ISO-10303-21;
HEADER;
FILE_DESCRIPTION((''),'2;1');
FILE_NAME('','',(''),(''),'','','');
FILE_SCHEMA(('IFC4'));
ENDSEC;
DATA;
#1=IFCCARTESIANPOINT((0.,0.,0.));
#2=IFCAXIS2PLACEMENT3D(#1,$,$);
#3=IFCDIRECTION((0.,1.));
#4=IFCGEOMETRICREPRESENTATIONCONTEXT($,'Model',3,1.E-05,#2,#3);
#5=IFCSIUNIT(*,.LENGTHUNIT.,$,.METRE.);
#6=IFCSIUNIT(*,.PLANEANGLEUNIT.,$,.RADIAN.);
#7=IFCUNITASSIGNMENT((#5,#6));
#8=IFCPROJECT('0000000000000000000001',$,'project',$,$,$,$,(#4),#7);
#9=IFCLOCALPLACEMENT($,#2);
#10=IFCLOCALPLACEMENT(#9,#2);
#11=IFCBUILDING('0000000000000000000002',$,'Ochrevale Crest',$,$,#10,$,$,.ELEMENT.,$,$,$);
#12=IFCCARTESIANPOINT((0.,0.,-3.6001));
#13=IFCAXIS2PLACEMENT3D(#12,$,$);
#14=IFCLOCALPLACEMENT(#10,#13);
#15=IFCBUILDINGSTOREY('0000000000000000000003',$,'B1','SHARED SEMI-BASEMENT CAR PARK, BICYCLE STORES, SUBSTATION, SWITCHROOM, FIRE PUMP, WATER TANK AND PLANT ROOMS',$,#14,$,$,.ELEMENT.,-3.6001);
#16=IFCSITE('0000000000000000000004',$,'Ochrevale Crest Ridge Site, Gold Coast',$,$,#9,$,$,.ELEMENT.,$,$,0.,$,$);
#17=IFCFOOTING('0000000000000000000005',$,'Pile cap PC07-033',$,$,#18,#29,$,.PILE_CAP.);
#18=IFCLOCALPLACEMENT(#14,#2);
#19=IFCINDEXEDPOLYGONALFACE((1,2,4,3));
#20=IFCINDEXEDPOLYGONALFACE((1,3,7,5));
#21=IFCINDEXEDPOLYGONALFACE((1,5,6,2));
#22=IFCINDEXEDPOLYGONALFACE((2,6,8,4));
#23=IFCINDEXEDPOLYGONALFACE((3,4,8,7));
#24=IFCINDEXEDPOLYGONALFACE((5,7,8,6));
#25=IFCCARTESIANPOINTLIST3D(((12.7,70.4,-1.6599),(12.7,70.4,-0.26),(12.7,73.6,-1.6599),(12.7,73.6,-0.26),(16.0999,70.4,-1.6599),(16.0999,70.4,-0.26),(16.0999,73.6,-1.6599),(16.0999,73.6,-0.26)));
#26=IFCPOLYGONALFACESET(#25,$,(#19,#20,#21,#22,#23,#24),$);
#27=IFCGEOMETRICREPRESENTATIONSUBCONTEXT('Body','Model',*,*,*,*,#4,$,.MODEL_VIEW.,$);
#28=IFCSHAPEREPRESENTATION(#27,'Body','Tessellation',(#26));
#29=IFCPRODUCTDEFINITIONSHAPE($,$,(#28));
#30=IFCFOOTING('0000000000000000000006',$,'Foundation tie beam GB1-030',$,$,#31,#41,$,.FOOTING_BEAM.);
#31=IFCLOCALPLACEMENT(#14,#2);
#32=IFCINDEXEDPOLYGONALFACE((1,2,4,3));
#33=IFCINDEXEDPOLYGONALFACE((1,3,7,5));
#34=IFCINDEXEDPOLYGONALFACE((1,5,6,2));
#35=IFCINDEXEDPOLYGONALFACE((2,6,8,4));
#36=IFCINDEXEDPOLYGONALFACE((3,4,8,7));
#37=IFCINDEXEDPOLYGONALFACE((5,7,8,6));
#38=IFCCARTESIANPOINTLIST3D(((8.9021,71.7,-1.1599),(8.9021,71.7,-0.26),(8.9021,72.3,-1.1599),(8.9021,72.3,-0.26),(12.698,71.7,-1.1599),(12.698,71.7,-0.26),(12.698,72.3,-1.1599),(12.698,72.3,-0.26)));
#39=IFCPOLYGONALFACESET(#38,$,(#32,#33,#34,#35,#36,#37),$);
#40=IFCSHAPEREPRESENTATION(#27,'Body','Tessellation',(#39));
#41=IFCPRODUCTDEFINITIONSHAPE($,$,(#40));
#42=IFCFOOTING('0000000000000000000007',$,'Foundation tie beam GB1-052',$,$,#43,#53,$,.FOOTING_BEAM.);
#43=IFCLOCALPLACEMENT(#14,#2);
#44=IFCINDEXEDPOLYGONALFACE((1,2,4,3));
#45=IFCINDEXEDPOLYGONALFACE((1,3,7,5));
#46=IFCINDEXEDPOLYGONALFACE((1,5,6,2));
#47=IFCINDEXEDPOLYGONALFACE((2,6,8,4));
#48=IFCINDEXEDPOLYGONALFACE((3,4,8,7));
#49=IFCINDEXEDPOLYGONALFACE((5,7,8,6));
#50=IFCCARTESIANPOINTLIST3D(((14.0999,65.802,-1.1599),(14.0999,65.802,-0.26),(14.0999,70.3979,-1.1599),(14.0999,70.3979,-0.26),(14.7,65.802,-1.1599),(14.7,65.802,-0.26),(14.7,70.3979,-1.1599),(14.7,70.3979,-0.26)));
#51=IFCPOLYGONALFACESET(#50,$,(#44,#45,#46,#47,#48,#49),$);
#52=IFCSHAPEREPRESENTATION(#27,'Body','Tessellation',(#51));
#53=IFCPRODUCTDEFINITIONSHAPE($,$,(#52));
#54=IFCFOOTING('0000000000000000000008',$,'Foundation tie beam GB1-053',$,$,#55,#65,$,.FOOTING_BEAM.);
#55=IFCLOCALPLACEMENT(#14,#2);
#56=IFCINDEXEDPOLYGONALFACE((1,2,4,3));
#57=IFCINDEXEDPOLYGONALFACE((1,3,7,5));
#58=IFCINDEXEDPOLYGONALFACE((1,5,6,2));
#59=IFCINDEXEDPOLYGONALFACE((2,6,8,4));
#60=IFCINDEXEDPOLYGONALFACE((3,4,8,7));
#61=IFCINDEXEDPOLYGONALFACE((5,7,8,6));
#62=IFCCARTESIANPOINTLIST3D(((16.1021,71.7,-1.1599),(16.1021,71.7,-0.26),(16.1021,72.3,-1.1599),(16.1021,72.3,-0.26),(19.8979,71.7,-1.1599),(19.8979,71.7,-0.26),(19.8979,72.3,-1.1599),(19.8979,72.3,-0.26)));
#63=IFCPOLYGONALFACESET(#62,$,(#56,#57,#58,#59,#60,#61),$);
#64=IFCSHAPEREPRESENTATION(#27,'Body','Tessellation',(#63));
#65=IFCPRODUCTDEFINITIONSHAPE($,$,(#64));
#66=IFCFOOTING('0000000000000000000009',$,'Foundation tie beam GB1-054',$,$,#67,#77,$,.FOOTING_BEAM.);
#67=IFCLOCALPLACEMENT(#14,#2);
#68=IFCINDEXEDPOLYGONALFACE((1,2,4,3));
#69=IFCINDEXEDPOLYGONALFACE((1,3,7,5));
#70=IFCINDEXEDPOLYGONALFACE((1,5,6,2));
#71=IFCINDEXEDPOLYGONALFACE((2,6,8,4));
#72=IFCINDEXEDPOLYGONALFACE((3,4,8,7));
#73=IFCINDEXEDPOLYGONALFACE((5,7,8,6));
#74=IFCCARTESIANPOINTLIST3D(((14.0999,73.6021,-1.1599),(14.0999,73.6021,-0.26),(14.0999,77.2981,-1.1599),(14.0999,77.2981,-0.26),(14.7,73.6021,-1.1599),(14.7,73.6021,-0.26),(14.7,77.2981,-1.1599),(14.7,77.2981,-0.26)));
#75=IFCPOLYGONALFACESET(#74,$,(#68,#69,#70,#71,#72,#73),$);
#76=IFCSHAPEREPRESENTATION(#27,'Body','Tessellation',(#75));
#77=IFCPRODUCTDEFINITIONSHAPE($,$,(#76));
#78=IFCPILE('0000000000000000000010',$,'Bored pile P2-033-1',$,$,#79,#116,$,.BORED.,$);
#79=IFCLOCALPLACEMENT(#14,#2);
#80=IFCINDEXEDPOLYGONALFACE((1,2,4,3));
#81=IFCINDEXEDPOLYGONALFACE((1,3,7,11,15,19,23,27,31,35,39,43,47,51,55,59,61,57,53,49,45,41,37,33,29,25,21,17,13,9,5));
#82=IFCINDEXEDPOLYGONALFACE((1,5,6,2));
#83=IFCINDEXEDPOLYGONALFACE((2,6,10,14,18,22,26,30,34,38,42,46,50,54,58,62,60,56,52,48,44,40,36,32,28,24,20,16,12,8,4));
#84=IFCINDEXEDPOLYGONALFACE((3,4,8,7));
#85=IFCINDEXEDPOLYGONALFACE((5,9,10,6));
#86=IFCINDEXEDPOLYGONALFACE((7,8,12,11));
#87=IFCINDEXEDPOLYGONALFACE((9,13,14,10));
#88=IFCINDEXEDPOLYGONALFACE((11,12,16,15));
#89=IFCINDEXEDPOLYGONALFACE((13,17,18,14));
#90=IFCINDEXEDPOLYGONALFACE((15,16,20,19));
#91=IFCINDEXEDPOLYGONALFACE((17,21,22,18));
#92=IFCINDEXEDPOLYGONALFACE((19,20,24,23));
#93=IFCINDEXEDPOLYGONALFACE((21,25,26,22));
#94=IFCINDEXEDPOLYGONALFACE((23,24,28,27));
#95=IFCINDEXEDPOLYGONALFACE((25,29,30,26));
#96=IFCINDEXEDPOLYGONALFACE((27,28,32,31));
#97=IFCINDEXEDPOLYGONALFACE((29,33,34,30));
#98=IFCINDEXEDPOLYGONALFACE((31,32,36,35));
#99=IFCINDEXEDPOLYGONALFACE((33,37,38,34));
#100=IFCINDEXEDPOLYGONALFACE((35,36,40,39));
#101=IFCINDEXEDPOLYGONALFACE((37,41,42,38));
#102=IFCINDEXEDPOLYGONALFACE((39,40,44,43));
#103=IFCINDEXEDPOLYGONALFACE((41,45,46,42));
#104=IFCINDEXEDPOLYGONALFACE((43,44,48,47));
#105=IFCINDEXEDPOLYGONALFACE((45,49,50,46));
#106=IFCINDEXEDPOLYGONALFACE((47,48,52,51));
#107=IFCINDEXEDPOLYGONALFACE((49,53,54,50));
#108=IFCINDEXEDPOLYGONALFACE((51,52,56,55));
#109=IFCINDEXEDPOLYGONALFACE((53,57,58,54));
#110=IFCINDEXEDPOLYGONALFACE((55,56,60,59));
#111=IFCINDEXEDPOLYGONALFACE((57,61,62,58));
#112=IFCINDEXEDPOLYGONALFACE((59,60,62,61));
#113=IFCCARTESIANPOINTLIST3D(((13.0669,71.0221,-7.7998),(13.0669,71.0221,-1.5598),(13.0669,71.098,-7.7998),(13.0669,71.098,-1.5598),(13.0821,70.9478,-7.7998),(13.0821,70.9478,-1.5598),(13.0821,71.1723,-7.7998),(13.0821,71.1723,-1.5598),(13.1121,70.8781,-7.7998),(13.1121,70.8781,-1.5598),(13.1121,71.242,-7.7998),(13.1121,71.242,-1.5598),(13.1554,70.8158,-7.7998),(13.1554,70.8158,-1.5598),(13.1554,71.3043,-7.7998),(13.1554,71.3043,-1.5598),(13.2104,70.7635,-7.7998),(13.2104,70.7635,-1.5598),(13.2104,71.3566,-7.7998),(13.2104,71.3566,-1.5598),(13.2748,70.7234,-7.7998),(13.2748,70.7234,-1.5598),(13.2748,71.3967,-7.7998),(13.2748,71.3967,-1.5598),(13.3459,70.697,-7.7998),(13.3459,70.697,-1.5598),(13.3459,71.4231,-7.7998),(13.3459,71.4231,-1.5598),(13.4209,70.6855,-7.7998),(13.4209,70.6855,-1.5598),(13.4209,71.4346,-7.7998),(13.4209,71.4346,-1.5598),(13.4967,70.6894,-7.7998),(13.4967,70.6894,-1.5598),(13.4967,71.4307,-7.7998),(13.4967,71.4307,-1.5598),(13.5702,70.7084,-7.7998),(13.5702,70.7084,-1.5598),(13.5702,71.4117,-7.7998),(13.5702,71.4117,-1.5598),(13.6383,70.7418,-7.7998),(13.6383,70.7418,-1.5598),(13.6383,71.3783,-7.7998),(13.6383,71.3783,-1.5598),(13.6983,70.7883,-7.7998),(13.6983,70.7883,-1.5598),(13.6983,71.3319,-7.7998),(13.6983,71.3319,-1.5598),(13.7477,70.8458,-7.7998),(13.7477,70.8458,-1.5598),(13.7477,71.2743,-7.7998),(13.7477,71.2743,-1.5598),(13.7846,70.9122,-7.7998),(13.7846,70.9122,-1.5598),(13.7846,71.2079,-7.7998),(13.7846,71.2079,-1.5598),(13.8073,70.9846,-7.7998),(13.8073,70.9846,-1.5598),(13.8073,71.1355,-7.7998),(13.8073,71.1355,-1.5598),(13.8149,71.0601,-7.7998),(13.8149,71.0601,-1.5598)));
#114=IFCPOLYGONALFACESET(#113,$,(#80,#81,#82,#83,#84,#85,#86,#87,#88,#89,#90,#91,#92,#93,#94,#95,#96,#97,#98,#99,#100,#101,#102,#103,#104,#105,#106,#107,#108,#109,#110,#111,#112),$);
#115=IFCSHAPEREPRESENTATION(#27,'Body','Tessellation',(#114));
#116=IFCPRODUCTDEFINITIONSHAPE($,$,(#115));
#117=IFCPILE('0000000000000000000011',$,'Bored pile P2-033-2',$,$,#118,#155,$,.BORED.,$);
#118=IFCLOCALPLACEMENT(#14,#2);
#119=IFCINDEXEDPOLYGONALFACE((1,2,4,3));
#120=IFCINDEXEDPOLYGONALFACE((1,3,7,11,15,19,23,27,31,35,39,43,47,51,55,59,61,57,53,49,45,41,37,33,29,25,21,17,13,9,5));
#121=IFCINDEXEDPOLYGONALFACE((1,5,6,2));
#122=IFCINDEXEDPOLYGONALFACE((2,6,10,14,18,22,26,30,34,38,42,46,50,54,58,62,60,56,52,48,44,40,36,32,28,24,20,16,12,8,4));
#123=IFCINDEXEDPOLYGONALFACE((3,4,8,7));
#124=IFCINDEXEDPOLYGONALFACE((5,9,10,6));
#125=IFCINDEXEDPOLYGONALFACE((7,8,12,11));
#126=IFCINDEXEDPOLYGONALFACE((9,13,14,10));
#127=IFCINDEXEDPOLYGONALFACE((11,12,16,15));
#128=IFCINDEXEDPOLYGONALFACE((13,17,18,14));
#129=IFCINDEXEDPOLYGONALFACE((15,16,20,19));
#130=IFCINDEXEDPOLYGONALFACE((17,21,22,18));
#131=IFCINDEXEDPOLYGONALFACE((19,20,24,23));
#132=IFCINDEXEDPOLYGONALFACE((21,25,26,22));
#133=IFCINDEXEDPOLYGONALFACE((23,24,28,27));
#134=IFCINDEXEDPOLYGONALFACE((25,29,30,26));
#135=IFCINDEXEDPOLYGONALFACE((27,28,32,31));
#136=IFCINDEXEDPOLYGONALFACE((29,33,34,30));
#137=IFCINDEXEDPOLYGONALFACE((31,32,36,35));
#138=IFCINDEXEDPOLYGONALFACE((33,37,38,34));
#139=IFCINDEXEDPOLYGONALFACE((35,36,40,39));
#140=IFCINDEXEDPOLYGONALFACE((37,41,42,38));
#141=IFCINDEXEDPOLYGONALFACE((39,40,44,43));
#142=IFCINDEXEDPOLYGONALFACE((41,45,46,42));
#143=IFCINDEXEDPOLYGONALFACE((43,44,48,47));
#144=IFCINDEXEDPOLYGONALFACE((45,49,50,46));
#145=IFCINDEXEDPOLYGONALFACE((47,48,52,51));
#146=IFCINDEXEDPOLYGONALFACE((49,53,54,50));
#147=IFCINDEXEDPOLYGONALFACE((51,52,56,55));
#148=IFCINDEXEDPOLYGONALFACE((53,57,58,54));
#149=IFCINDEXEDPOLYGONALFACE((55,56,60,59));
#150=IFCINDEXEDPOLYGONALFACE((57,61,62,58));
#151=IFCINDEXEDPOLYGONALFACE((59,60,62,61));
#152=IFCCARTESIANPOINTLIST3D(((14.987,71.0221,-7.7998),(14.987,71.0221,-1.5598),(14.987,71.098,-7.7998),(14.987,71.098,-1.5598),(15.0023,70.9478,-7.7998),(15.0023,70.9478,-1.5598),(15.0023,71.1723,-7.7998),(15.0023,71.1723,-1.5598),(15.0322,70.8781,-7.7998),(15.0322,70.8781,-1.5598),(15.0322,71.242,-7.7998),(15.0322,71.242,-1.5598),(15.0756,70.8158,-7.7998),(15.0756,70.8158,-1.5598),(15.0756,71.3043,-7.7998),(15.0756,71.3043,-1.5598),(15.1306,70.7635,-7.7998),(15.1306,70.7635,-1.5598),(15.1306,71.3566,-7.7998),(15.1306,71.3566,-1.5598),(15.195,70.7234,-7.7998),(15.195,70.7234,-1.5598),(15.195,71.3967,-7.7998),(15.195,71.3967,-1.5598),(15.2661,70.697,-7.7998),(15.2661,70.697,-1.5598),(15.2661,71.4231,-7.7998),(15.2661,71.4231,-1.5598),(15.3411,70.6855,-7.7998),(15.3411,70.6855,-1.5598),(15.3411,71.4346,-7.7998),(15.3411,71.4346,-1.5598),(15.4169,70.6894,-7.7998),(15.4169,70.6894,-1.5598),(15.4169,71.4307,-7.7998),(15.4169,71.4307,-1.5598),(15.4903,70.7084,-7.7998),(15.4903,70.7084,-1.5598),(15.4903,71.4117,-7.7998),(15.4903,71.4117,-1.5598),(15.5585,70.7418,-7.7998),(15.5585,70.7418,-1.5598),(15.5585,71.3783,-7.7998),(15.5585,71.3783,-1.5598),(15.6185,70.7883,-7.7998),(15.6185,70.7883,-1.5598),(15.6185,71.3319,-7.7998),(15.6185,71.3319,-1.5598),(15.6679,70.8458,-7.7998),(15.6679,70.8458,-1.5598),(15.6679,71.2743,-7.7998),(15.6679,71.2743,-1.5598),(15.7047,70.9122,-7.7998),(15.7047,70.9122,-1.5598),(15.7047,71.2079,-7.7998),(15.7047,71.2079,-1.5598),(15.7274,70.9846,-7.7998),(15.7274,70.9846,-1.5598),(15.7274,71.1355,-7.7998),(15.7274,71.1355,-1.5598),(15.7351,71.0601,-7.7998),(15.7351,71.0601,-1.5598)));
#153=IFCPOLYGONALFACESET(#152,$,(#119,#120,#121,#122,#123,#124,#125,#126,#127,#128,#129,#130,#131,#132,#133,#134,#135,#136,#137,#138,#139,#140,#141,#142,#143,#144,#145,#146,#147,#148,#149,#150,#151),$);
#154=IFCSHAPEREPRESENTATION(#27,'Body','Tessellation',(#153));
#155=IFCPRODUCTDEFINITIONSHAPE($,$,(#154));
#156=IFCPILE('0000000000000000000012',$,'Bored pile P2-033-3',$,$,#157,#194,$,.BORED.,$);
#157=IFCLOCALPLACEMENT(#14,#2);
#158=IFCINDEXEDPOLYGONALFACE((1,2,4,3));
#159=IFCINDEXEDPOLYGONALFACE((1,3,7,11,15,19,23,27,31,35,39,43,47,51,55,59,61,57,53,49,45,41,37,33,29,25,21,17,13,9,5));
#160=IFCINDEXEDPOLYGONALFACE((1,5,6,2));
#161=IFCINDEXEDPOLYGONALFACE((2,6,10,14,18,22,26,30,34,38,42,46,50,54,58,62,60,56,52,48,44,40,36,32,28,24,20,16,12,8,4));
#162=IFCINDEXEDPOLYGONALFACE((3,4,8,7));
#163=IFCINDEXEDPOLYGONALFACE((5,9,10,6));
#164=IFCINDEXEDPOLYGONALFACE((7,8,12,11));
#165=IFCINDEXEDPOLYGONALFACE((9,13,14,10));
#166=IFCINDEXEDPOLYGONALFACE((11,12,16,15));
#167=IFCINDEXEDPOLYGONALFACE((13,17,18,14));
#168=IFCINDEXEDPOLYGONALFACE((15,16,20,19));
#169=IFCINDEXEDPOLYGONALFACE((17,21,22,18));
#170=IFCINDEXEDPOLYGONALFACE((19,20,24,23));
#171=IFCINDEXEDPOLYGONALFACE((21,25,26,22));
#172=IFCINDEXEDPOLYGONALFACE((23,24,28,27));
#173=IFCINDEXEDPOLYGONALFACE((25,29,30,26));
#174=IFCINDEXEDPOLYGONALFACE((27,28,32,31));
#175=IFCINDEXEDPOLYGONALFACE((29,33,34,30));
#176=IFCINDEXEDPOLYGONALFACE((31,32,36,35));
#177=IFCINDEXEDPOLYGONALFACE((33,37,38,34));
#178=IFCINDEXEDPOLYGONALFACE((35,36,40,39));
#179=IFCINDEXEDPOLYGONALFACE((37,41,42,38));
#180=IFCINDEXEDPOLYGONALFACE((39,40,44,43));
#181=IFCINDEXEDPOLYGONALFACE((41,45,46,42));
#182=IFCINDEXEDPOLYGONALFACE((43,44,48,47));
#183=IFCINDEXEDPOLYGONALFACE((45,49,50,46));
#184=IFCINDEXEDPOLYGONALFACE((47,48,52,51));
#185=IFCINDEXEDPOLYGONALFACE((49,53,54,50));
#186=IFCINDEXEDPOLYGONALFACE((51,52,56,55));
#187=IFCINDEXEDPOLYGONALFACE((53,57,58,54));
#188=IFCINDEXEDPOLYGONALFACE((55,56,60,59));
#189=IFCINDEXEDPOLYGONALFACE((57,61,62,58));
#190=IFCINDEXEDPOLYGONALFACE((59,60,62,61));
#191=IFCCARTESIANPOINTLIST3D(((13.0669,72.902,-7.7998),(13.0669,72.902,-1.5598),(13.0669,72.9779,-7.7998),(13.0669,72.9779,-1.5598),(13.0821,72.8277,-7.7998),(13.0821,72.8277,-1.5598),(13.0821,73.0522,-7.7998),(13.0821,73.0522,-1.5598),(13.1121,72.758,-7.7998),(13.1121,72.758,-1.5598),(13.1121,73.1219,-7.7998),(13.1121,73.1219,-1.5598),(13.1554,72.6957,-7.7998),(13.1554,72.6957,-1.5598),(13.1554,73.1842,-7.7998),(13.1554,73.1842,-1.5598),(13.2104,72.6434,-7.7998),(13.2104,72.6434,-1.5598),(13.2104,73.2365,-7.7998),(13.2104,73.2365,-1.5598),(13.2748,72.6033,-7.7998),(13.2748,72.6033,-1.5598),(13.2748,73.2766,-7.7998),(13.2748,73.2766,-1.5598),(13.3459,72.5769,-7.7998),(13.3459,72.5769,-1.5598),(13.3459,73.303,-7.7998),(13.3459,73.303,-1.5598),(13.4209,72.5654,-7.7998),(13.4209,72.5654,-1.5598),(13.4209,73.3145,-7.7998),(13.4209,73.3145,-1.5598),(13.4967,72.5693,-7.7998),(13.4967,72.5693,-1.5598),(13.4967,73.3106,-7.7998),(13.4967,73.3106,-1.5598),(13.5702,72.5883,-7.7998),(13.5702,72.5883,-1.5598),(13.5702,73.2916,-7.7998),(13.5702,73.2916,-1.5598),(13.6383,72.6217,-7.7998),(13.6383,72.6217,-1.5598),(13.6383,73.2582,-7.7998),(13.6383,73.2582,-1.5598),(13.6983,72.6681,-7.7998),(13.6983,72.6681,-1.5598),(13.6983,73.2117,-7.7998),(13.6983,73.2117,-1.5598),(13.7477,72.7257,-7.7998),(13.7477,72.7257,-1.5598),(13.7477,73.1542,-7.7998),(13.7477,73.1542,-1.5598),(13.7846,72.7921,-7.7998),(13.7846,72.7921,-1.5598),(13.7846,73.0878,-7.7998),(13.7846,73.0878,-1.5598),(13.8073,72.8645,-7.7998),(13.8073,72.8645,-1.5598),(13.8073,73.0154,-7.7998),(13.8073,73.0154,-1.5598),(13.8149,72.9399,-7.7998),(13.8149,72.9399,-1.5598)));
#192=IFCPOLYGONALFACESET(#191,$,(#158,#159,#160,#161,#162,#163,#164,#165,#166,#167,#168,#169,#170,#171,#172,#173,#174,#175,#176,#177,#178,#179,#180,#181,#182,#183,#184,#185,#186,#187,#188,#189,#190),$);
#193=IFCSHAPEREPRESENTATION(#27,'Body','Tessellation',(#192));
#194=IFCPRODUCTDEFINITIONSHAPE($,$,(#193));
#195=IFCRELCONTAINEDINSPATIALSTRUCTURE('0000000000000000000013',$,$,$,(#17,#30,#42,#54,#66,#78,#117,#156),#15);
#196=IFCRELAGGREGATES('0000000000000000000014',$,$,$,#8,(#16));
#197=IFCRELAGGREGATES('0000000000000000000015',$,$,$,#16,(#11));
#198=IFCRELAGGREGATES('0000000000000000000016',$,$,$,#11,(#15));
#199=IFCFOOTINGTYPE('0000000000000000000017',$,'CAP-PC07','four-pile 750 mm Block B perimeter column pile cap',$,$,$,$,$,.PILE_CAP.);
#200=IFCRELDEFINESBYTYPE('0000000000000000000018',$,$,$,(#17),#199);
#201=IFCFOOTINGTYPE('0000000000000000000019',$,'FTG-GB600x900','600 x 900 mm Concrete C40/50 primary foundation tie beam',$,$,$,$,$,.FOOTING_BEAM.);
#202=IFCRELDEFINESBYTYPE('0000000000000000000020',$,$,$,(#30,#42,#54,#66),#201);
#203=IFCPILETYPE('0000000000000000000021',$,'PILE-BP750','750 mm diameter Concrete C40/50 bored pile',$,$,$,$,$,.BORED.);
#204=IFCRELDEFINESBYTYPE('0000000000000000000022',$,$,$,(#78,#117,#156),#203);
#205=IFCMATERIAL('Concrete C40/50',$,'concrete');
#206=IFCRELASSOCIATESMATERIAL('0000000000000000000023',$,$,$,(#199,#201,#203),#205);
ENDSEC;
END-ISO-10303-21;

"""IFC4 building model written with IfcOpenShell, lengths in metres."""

from ifc_helpers import new_model, si_unit, direction, frame, origin, origin_2d, place, context, subcontext, project, spatial, rectangle, circle, extrude, material, material_profile, profile_set, type_object, element, save


model = new_model("IFC4")

# Units and contexts
model_context = context("Model", 3, precision=1e-05, world=origin(), true_north=direction((0.0, 1.0)))
body_context = subcontext(model_context, "Body", "Model", "MODEL_VIEW")
ifc_project = project(units=[si_unit("LENGTHUNIT", "METRE"), si_unit("PLANEANGLEUNIT", "RADIAN")], contexts=[model_context])

# Site, building, storey
site_placement = place(None, origin())
site = spatial("IfcSite", under=ifc_project, at=site_placement, Name="Ochrevale Crest Ridge Site, Gold Coast", CompositionType="ELEMENT", RefElevation=0.0)
building_placement = place(site_placement, origin())
building = spatial("IfcBuilding", under=site, at=building_placement, Name="Ochrevale Crest", CompositionType="ELEMENT")
storey_placement = place(building_placement, frame((0.0, 0.0, -3.6001)))
storey = spatial("IfcBuildingStorey", under=building, at=storey_placement, Name="B1", Description="SHARED SEMI-BASEMENT CAR PARK, BICYCLE STORES, SUBSTATION, SWITCHROOM, FIRE PUMP, WATER TANK AND PLANT ROOMS", CompositionType="ELEMENT", Elevation=-3.6001)

# Footings
ifc_material_1 = material(Name="Concrete C40/50", Category="concrete")
footing_type_1 = type_object("IfcFootingType", Name="CAP-PC07", Description="four-pile 750 mm Block B perimeter column pile cap", PredefinedType="PILE_CAP", material=ifc_material_1)
footing_1_placement = place(storey_placement, frame((14.3999, 72.0, -1.6599), z_axis=(0.0, 0.0, 1.0), x_axis=(1.0, 0.0, 0.0)))
element("IfcFooting", 1, at=footing_1_placement, inside=storey, type_object=footing_type_1, Name="Pile cap PC07-033", PredefinedType="PILE_CAP", context=body_context, shape_type="SweptSolid", body=[
    extrude(rectangle(XDim=3.3999, YDim=3.2, at=origin_2d()), origin(), (0.0, 0.0, 1.0), 1.3999),
])
ifc_material_profile_1 = material_profile(ifc_material_1, rectangle(XDim=0.6001, YDim=0.8999, at=origin_2d()), Name="GB 600x900")
ifc_profile_set_1 = profile_set([ifc_material_profile_1], Name="Concrete C40/50")
footing_type_2 = type_object("IfcFootingType", Name="FTG-GB600x900", Description="600 x 900 mm Concrete C40/50 primary foundation tie beam", PredefinedType="FOOTING_BEAM", material=ifc_profile_set_1)
footing_2_placement = place(storey_placement, frame((8.9021, 72.0, -0.71), z_axis=(1.0, 0.0, 0.0), x_axis=(0.0, 1.0, 0.0)))
element("IfcFooting", 2, at=footing_2_placement, inside=storey, type_object=footing_type_2, Name="Foundation tie beam GB1-030", PredefinedType="FOOTING_BEAM", context=body_context, shape_type="SweptSolid", body=[
    extrude(rectangle(XDim=0.6001, YDim=0.8999, at=origin_2d()), origin(), (0.0, 0.0, 1.0), 3.7959),
])
footing_3_placement = place(storey_placement, frame((14.3999, 65.802, -0.71), z_axis=(0.0, 1.0, 0.0), x_axis=(-1.0, 0.0, 0.0)))
element("IfcFooting", 3, at=footing_3_placement, inside=storey, type_object=footing_type_2, Name="Foundation tie beam GB1-052", PredefinedType="FOOTING_BEAM", context=body_context, shape_type="SweptSolid", body=[
    extrude(rectangle(XDim=0.6001, YDim=0.8999, at=origin_2d()), origin(), (0.0, 0.0, 1.0), 4.5959),
])
footing_4_placement = place(storey_placement, frame((16.1021, 72.0, -0.71), z_axis=(1.0, 0.0, 0.0), x_axis=(0.0, 1.0, 0.0)))
element("IfcFooting", 4, at=footing_4_placement, inside=storey, type_object=footing_type_2, Name="Foundation tie beam GB1-053", PredefinedType="FOOTING_BEAM", context=body_context, shape_type="SweptSolid", body=[
    extrude(rectangle(XDim=0.6001, YDim=0.8999, at=origin_2d()), origin(), (0.0, 0.0, 1.0), 3.7959),
])
footing_5_placement = place(storey_placement, frame((14.3999, 73.6021, -0.71), z_axis=(0.0, 1.0, 0.0), x_axis=(-1.0, 0.0, 0.0)))
element("IfcFooting", 5, at=footing_5_placement, inside=storey, type_object=footing_type_2, Name="Foundation tie beam GB1-054", PredefinedType="FOOTING_BEAM", context=body_context, shape_type="SweptSolid", body=[
    extrude(rectangle(XDim=0.6001, YDim=0.8999, at=origin_2d()), origin(), (0.0, 0.0, 1.0), 3.696),
])

# Piles
ifc_material_profile_2 = material_profile(ifc_material_1, circle(Radius=0.375, at=origin_2d()), Name="BORED PILE 750")
ifc_profile_set_2 = profile_set([ifc_material_profile_2], Name="Concrete C40/50")
pile_type_1 = type_object("IfcPileType", Name="PILE-BP750", Description="750 mm diameter Concrete C40/50 bored pile", PredefinedType="BORED", material=ifc_profile_set_2)
for number, where, z_axis, x_axis, name in (
    (6, (13.4399, 71.0601, -1.5598), (0.0, 0.0, -1.0), (1.0, 0.0, 0.0), "Bored pile P2-033-1"),
    (7, (15.3601, 71.0601, -1.5598), (0.0, 0.0, -1.0), (1.0, 0.0, 0.0), "Bored pile P2-033-2"),
    (8, (13.4399, 72.9399, -1.5598), (0.0, 0.0, -1.0), (1.0, 0.0, 0.0), "Bored pile P2-033-3"),
):
    element("IfcPile", number, at=place(storey_placement, frame(where, z_axis=z_axis, x_axis=x_axis)), inside=storey, type_object=pile_type_1, Name=name, PredefinedType="BORED", context=body_context, shape_type="SweptSolid", body=[
        extrude(circle(Radius=0.375, at=origin_2d()), origin(), (0.0, 0.0, 1.0), 6.24),
    ])

save(model, "model.ifc")
